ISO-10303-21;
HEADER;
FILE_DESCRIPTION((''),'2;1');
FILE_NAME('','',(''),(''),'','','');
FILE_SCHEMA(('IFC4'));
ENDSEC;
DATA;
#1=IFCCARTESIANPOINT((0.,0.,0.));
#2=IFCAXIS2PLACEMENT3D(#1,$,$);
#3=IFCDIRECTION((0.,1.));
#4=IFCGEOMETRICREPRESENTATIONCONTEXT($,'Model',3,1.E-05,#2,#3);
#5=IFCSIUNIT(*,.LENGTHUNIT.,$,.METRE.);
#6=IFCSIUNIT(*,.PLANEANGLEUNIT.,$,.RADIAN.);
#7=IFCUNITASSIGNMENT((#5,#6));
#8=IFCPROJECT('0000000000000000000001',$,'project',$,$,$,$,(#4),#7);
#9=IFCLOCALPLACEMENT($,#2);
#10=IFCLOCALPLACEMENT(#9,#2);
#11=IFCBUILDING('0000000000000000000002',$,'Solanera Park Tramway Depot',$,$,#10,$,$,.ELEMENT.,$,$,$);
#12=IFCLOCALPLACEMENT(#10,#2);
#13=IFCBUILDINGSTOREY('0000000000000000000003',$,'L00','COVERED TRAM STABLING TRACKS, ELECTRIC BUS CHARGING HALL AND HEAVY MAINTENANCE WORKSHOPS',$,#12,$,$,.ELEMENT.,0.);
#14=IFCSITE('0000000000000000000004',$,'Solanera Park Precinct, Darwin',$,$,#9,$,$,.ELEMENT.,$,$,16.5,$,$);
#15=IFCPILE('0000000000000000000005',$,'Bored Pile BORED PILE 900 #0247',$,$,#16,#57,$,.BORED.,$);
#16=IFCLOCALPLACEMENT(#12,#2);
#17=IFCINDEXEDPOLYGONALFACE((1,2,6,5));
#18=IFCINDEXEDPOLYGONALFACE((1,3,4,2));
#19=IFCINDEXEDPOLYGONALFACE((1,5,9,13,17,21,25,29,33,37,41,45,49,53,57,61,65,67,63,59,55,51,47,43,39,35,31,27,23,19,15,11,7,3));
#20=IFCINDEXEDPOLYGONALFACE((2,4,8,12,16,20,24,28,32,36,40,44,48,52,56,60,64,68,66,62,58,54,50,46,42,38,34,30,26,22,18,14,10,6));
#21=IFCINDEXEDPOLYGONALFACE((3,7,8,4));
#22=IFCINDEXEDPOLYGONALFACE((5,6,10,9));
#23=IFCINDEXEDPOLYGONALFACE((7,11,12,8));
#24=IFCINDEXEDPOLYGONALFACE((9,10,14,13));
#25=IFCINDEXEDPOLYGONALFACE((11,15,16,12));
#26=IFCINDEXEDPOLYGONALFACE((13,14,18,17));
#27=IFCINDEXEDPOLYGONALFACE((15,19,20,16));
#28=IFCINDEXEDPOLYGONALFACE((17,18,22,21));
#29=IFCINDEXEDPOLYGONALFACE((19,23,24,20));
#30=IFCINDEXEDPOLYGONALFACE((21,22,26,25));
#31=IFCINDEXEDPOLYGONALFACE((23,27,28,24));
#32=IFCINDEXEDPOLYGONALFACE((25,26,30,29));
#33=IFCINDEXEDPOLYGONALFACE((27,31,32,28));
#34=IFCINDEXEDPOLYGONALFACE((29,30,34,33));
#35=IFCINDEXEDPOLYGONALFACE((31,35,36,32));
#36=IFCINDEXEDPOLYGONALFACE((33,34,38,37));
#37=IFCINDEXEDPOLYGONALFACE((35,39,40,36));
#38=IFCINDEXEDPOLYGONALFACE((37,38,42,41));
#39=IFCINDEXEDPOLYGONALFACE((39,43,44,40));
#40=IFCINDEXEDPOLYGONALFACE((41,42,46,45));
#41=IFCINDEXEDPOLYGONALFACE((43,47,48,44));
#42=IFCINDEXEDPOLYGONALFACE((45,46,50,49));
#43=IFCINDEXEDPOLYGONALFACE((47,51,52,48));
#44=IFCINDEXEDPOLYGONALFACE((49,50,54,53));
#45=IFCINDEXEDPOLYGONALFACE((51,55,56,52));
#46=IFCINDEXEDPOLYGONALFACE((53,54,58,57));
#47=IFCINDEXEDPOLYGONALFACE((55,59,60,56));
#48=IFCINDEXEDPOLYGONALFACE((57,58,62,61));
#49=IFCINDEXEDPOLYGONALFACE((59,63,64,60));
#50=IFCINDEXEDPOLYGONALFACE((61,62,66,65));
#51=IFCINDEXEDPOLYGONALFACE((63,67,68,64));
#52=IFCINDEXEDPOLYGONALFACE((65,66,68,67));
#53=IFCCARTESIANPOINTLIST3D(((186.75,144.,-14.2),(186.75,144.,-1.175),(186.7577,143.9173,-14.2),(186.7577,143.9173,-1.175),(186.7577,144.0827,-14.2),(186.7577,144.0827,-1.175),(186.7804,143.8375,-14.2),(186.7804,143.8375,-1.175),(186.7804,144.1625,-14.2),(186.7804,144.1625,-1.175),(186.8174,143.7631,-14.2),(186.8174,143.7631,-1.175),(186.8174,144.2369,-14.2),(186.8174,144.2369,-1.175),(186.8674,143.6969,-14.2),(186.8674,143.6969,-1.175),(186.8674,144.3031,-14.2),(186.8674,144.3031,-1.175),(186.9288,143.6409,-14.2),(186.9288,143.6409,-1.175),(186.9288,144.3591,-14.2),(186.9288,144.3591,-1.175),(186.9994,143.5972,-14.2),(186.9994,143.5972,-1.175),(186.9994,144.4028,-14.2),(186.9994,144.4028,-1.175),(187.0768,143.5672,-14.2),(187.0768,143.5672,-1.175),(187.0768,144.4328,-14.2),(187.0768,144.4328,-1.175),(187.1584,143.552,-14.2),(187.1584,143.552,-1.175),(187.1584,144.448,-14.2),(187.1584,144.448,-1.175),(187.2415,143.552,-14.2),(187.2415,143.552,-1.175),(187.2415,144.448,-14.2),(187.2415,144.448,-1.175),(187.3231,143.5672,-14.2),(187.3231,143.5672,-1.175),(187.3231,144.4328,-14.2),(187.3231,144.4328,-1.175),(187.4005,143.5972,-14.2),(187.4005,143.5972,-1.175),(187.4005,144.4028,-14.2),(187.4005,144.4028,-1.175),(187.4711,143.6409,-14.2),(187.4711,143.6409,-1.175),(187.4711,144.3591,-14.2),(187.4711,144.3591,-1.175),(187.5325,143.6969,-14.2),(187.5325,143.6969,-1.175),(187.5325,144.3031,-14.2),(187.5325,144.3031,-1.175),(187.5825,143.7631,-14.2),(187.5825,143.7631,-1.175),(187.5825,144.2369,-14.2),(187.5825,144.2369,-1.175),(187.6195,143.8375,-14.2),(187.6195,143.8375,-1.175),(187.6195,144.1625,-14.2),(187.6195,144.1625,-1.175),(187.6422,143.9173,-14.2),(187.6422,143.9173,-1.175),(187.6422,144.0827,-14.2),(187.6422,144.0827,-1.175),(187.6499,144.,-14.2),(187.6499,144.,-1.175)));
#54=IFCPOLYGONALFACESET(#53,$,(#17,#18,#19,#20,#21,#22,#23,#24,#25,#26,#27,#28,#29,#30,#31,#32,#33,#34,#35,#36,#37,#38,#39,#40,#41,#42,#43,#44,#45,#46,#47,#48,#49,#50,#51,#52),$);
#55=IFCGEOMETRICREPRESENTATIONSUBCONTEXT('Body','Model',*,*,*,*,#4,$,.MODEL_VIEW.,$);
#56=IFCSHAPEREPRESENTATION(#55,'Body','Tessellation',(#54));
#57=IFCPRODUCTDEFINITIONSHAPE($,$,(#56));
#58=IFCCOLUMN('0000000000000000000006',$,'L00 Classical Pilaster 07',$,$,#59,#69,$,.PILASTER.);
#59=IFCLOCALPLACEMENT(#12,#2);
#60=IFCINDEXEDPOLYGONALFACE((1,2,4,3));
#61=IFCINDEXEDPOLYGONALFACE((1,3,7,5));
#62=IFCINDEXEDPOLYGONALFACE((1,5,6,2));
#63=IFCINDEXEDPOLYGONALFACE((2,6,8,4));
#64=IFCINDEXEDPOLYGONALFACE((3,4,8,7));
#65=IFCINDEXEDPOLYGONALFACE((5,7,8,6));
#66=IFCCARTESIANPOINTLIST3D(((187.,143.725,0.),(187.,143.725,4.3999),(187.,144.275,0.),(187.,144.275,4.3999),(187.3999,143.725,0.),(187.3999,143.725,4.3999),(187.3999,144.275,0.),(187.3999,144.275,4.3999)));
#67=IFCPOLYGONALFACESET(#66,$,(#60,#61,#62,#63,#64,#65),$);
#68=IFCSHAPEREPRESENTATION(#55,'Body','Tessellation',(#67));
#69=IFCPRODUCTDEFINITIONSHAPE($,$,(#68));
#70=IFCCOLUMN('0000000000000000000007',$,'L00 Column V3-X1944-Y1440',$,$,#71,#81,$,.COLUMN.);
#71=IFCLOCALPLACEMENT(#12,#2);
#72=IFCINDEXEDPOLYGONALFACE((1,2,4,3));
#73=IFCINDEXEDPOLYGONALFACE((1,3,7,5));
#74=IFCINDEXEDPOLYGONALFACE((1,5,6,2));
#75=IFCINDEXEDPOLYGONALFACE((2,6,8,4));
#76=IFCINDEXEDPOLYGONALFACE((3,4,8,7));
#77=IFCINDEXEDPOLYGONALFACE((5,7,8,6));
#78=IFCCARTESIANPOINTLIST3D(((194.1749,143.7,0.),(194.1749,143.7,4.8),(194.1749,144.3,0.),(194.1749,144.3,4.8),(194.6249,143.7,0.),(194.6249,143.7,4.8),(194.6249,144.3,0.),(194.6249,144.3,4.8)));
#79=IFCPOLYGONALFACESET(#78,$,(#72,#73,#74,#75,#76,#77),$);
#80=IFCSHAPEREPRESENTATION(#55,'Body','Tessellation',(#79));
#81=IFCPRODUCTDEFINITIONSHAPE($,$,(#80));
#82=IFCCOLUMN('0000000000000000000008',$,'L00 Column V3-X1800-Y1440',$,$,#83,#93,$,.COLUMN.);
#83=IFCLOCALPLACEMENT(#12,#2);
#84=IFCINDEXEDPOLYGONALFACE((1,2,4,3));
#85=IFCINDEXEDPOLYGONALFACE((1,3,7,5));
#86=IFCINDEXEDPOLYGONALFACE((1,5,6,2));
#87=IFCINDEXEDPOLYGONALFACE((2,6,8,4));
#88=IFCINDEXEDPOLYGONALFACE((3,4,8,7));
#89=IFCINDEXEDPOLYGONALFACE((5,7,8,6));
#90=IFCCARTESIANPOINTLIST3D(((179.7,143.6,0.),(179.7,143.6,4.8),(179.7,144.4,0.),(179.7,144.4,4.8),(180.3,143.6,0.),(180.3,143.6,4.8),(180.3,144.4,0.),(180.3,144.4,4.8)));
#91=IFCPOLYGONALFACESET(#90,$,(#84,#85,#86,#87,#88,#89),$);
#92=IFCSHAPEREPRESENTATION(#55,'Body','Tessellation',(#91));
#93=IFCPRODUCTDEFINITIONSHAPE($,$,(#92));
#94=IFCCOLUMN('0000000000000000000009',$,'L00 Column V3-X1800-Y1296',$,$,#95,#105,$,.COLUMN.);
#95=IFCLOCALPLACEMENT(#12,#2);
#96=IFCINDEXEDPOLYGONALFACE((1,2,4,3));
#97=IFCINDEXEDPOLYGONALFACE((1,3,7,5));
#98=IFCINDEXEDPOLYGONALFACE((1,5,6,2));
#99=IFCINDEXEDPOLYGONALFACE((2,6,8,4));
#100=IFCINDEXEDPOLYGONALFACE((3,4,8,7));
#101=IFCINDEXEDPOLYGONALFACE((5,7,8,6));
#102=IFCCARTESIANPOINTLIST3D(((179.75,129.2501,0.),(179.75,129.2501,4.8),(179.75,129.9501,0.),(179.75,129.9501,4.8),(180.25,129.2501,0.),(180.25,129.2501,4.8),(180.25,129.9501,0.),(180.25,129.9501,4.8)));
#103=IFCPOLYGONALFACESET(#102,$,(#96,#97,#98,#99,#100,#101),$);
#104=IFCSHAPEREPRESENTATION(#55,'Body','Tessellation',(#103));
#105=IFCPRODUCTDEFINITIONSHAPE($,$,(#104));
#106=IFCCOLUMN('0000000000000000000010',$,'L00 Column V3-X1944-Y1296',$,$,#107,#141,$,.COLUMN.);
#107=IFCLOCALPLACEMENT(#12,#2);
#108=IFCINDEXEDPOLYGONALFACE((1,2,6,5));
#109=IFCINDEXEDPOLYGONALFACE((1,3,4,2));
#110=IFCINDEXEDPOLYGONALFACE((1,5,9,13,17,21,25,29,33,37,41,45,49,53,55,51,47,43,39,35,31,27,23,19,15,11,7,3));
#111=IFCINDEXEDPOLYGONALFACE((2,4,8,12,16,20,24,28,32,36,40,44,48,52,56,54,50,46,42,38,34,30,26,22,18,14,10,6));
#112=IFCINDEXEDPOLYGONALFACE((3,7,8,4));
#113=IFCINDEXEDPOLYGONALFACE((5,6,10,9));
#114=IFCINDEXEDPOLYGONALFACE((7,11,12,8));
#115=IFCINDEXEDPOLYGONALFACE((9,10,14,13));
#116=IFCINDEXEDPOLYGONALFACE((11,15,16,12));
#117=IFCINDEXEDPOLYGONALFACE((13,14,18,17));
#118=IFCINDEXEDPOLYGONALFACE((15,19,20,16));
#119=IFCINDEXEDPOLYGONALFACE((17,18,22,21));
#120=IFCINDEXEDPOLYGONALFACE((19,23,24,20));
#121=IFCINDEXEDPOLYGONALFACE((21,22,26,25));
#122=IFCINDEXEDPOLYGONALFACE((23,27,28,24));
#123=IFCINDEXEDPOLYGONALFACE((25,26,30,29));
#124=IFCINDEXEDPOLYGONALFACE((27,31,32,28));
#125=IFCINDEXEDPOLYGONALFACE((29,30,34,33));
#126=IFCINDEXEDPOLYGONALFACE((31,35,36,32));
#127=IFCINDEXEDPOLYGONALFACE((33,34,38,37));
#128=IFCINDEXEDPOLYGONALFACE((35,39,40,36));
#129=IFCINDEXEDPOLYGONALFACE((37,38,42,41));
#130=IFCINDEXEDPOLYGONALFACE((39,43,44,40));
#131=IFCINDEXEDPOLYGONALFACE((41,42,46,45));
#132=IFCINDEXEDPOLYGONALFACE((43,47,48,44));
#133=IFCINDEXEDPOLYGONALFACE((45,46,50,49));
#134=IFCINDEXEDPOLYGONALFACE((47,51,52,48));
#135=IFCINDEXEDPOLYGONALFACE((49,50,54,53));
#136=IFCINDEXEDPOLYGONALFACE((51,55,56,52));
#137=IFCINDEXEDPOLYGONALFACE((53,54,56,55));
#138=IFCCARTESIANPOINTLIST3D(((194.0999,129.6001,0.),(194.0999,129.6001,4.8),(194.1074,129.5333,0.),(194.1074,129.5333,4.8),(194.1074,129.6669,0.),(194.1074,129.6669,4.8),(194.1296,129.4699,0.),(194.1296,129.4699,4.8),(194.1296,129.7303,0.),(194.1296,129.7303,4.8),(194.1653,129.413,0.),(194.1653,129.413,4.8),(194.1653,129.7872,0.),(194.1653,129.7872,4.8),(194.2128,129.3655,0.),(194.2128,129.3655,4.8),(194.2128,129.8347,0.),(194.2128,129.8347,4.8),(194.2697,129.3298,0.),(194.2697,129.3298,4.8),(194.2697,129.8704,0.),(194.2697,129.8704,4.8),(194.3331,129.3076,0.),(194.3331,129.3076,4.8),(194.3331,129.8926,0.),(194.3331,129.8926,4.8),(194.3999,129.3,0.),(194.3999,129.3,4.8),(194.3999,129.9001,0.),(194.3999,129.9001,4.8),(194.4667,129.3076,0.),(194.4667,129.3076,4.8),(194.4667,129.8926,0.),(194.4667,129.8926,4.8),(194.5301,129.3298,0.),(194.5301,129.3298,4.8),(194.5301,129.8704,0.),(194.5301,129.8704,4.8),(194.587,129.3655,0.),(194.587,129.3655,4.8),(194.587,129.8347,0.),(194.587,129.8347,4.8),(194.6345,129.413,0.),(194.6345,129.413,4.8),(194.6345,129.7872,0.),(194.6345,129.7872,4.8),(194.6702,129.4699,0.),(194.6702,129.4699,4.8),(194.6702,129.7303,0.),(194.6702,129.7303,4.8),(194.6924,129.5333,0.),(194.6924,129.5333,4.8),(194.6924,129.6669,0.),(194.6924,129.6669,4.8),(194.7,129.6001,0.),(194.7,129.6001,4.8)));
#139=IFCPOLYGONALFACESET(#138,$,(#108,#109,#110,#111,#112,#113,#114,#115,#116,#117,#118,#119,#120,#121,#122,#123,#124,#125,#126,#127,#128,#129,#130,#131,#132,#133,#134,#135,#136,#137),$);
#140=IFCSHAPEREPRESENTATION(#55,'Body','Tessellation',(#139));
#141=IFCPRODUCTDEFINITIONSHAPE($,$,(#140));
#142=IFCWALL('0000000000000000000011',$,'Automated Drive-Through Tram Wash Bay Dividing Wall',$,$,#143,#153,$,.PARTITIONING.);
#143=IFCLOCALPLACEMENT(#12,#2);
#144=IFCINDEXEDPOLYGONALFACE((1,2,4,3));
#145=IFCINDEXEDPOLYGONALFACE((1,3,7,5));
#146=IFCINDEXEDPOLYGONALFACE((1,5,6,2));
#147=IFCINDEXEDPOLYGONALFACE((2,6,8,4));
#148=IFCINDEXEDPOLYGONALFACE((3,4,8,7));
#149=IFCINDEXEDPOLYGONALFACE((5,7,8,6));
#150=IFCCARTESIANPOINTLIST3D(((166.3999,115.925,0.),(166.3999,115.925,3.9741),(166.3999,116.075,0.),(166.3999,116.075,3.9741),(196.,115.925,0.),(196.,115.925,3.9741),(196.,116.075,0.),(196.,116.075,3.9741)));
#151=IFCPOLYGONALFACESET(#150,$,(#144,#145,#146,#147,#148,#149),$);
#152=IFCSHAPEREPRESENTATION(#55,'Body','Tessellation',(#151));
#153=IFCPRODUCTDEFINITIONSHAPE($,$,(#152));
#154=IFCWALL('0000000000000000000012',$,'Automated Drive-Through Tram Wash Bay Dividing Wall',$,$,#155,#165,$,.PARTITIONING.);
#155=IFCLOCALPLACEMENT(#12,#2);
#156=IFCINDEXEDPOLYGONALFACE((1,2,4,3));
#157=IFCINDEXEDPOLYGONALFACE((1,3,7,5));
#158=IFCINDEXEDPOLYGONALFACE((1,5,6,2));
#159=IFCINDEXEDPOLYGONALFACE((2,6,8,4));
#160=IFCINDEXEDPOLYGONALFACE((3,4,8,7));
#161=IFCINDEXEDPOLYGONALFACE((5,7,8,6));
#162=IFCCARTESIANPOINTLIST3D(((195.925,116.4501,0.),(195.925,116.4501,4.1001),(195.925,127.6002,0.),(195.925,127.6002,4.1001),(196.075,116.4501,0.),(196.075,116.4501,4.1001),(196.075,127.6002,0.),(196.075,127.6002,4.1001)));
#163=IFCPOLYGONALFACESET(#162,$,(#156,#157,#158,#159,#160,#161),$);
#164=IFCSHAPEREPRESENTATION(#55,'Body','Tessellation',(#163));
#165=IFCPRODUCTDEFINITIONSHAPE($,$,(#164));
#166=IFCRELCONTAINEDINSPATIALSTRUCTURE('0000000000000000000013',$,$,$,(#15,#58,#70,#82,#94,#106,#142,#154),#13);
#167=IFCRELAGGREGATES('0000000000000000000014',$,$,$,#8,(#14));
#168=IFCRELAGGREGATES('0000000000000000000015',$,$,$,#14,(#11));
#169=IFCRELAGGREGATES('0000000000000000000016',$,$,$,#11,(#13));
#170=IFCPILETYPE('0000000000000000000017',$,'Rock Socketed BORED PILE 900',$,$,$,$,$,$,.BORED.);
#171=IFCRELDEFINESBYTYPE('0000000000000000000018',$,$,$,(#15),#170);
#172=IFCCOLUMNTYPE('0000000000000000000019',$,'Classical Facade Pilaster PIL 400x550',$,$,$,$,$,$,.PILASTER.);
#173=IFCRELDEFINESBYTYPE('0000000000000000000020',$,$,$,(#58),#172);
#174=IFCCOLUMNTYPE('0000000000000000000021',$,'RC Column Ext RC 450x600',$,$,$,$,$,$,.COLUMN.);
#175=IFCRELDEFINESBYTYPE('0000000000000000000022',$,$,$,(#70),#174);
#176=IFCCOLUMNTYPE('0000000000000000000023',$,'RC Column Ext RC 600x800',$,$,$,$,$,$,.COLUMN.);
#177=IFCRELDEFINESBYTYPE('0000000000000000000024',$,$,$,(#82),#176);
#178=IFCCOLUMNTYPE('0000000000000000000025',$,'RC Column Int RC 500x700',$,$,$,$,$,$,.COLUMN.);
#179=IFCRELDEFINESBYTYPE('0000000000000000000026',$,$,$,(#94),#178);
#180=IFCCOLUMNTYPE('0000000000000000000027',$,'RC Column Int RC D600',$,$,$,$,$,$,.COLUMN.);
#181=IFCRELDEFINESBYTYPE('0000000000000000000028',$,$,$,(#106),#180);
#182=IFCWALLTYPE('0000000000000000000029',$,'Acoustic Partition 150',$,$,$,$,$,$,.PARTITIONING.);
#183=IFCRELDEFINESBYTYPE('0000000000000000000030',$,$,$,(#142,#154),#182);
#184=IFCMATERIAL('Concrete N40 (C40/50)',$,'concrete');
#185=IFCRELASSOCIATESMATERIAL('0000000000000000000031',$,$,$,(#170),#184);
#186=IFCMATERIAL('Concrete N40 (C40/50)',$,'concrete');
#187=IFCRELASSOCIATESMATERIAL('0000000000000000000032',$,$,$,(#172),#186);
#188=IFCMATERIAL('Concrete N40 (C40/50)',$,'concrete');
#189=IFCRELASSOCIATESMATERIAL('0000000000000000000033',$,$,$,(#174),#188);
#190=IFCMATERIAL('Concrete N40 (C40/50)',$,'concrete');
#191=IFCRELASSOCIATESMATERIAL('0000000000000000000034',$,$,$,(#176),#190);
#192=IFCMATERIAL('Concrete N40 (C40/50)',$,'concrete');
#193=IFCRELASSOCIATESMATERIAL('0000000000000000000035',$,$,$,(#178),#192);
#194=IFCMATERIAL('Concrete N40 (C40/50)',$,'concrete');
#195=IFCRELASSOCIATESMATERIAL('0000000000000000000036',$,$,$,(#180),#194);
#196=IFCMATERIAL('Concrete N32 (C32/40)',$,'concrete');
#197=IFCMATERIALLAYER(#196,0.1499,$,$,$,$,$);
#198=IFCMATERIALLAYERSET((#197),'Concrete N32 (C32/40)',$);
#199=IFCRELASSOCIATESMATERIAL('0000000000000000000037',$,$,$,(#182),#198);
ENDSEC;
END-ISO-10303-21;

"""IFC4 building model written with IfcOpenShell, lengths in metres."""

from ifc_helpers import new_model, si_unit, direction, frame, frame_2d, origin, origin_2d, place, context, subcontext, project, spatial, rectangle, circle, extrude, material, layer, layer_set, material_profile, profile_set, type_object, element, save


model = new_model("IFC4")

# Units and contexts
model_context = context("Model", 3, precision=1e-05, world=origin(), true_north=direction((0.0, 1.0)))
body_context = subcontext(model_context, "Body", "Model", "MODEL_VIEW")
ifc_project = project(units=[si_unit("LENGTHUNIT", "METRE"), si_unit("PLANEANGLEUNIT", "RADIAN")], contexts=[model_context])

# Site, building, storey
site_placement = place(None, origin())
site = spatial("IfcSite", under=ifc_project, at=site_placement, Name="Solanera Park Precinct, Darwin", CompositionType="ELEMENT", RefElevation=16.5)
building_placement = place(site_placement, origin())
building = spatial("IfcBuilding", under=site, at=building_placement, Name="Solanera Park Tramway Depot", CompositionType="ELEMENT")
storey_placement = place(building_placement, origin())
storey = spatial("IfcBuildingStorey", under=building, at=storey_placement, Name="L00", Description="COVERED TRAM STABLING TRACKS, ELECTRIC BUS CHARGING HALL AND HEAVY MAINTENANCE WORKSHOPS", CompositionType="ELEMENT", Elevation=0.0)

# Pile
ifc_material_1 = material(Name="Concrete N40 (C40/50)", Category="concrete")
ifc_material_profile_1 = material_profile(ifc_material_1, circle(Radius=0.45, at=origin_2d()), Name="BORED PILE 900")
ifc_profile_set_1 = profile_set([ifc_material_profile_1], Name="Concrete N40 (C40/50)")
pile_type_1 = type_object("IfcPileType", Name="Rock Socketed BORED PILE 900", PredefinedType="BORED", material=ifc_profile_set_1)
pile_1_placement = place(storey_placement, frame((187.2, 144.0, -1.175), z_axis=(0.0, 0.0, -1.0), x_axis=(1.0, 0.0, 0.0)))
element("IfcPile", 1, at=pile_1_placement, inside=storey, type_object=pile_type_1, Name="Bored Pile BORED PILE 900 #0247", PredefinedType="BORED", context=body_context, shape_type="SweptSolid", body=[
    extrude(circle(Radius=0.45, at=origin_2d()), origin(), (0.0, 0.0, 1.0), 13.0249),
])

# Columns
ifc_material_2 = material(Name="Concrete N40 (C40/50)", Category="concrete")
ifc_material_profile_2 = material_profile(ifc_material_2, rectangle(XDim=0.3999, YDim=0.55, at=origin_2d()), Name="PIL 400x550")
ifc_profile_set_2 = profile_set([ifc_material_profile_2], Name="Concrete N40 (C40/50)")
column_type_1 = type_object("IfcColumnType", Name="Classical Facade Pilaster PIL 400x550", PredefinedType="PILASTER", material=ifc_profile_set_2)
column_1_placement = place(storey_placement, frame((187.2, 144.0, 0.0), z_axis=(0.0, 0.0, 1.0), x_axis=(1.0, 0.0, 0.0)))
element("IfcColumn", 2, at=column_1_placement, inside=storey, type_object=column_type_1, Name="L00 Classical Pilaster 07", PredefinedType="PILASTER", context=body_context, shape_type="SweptSolid", body=[
    extrude(rectangle(XDim=0.3999, YDim=0.55, at=origin_2d()), origin(), (0.0, 0.0, 1.0), 4.3999),
])
ifc_material_3 = material(Name="Concrete N40 (C40/50)", Category="concrete")
ifc_material_profile_3 = material_profile(ifc_material_3, rectangle(XDim=0.45, YDim=0.6001, at=origin_2d()), Name="RC 450x600")
ifc_profile_set_3 = profile_set([ifc_material_profile_3], Name="Concrete N40 (C40/50)")
column_type_2 = type_object("IfcColumnType", Name="RC Column Ext RC 450x600", PredefinedType="COLUMN", material=ifc_profile_set_3)
column_2_placement = place(storey_placement, frame((194.3999, 144.0, 0.0), z_axis=(0.0, 0.0, 1.0), x_axis=(1.0, 0.0, 0.0)))
element("IfcColumn", 3, at=column_2_placement, inside=storey, type_object=column_type_2, Name="L00 Column V3-X1944-Y1440", PredefinedType="COLUMN", context=body_context, shape_type="SweptSolid", body=[
    extrude(rectangle(XDim=0.45, YDim=0.6001, at=origin_2d()), origin(), (0.0, 0.0, 1.0), 4.8),
])
ifc_material_4 = material(Name="Concrete N40 (C40/50)", Category="concrete")
ifc_material_profile_4 = material_profile(ifc_material_4, rectangle(XDim=0.6001, YDim=0.8, at=origin_2d()), Name="RC 600x800")
ifc_profile_set_4 = profile_set([ifc_material_profile_4], Name="Concrete N40 (C40/50)")
column_type_3 = type_object("IfcColumnType", Name="RC Column Ext RC 600x800", PredefinedType="COLUMN", material=ifc_profile_set_4)
column_3_placement = place(storey_placement, frame((180.0, 144.0, 0.0), z_axis=(0.0, 0.0, 1.0), x_axis=(1.0, 0.0, 0.0)))
element("IfcColumn", 4, at=column_3_placement, inside=storey, type_object=column_type_3, Name="L00 Column V3-X1800-Y1440", PredefinedType="COLUMN", context=body_context, shape_type="SweptSolid", body=[
    extrude(rectangle(XDim=0.6001, YDim=0.8, at=origin_2d()), origin(), (0.0, 0.0, 1.0), 4.8),
])
ifc_material_5 = material(Name="Concrete N40 (C40/50)", Category="concrete")
ifc_material_profile_5 = material_profile(ifc_material_5, rectangle(XDim=0.5, YDim=0.7, at=origin_2d()), Name="RC 500x700")
ifc_profile_set_5 = profile_set([ifc_material_profile_5], Name="Concrete N40 (C40/50)")
column_type_4 = type_object("IfcColumnType", Name="RC Column Int RC 500x700", PredefinedType="COLUMN", material=ifc_profile_set_5)
column_4_placement = place(storey_placement, frame((180.0, 129.6001, 0.0), z_axis=(0.0, 0.0, 1.0), x_axis=(1.0, 0.0, 0.0)))
element("IfcColumn", 5, at=column_4_placement, inside=storey, type_object=column_type_4, Name="L00 Column V3-X1800-Y1296", PredefinedType="COLUMN", context=body_context, shape_type="SweptSolid", body=[
    extrude(rectangle(XDim=0.5, YDim=0.7, at=origin_2d()), origin(), (0.0, 0.0, 1.0), 4.8),
])
ifc_material_6 = material(Name="Concrete N40 (C40/50)", Category="concrete")
ifc_material_profile_6 = material_profile(ifc_material_6, circle(Radius=0.3, at=origin_2d()), Name="RC D600")
ifc_profile_set_6 = profile_set([ifc_material_profile_6], Name="Concrete N40 (C40/50)")
column_type_5 = type_object("IfcColumnType", Name="RC Column Int RC D600", PredefinedType="COLUMN", material=ifc_profile_set_6)
column_5_placement = place(storey_placement, frame((194.3999, 129.6001, 0.0), z_axis=(0.0, 0.0, 1.0), x_axis=(1.0, 0.0, 0.0)))
element("IfcColumn", 6, at=column_5_placement, inside=storey, type_object=column_type_5, Name="L00 Column V3-X1944-Y1296", PredefinedType="COLUMN", context=body_context, shape_type="SweptSolid", body=[
    extrude(circle(Radius=0.3, at=origin_2d()), origin(), (0.0, 0.0, 1.0), 4.8),
])

# Walls
ifc_material_7 = material(Name="Concrete N32 (C32/40)", Category="concrete")
ifc_layer_1 = layer(ifc_material_7, 0.1499)
ifc_layer_set_1 = layer_set([ifc_layer_1], Name="Concrete N32 (C32/40)")
wall_type_1 = type_object("IfcWallType", Name="Acoustic Partition 150", PredefinedType="PARTITIONING", material=ifc_layer_set_1)
wall_1_placement = place(storey_placement, frame((196.0, 116.0, 0.0), z_axis=(0.0, 0.0, 1.0), x_axis=(-1.0, 0.0, 0.0)))
element("IfcWall", 7, at=wall_1_placement, inside=storey, type_object=wall_type_1, Name="Automated Drive-Through Tram Wash Bay Dividing Wall", PredefinedType="PARTITIONING", context=body_context, shape_type="SweptSolid", body=[
    extrude(rectangle(XDim=29.6001, YDim=0.1499, at=frame_2d((14.8, 0.0))), origin(), (0.0, 0.0, 1.0), 3.9741),
])
wall_2_placement = place(storey_placement, frame((196.0, 116.45, 0.0), z_axis=(0.0, 0.0, 1.0), x_axis=(0.0, 1.0, 0.0)))
element("IfcWall", 8, at=wall_2_placement, inside=storey, type_object=wall_type_1, Name="Automated Drive-Through Tram Wash Bay Dividing Wall", PredefinedType="PARTITIONING", context=body_context, shape_type="SweptSolid", body=[
    extrude(rectangle(XDim=11.1501, YDim=0.1499, at=frame_2d((5.5752, 0.0))), origin(), (0.0, 0.0, 1.0), 4.1001),
])

save(model, "model.ifc")
